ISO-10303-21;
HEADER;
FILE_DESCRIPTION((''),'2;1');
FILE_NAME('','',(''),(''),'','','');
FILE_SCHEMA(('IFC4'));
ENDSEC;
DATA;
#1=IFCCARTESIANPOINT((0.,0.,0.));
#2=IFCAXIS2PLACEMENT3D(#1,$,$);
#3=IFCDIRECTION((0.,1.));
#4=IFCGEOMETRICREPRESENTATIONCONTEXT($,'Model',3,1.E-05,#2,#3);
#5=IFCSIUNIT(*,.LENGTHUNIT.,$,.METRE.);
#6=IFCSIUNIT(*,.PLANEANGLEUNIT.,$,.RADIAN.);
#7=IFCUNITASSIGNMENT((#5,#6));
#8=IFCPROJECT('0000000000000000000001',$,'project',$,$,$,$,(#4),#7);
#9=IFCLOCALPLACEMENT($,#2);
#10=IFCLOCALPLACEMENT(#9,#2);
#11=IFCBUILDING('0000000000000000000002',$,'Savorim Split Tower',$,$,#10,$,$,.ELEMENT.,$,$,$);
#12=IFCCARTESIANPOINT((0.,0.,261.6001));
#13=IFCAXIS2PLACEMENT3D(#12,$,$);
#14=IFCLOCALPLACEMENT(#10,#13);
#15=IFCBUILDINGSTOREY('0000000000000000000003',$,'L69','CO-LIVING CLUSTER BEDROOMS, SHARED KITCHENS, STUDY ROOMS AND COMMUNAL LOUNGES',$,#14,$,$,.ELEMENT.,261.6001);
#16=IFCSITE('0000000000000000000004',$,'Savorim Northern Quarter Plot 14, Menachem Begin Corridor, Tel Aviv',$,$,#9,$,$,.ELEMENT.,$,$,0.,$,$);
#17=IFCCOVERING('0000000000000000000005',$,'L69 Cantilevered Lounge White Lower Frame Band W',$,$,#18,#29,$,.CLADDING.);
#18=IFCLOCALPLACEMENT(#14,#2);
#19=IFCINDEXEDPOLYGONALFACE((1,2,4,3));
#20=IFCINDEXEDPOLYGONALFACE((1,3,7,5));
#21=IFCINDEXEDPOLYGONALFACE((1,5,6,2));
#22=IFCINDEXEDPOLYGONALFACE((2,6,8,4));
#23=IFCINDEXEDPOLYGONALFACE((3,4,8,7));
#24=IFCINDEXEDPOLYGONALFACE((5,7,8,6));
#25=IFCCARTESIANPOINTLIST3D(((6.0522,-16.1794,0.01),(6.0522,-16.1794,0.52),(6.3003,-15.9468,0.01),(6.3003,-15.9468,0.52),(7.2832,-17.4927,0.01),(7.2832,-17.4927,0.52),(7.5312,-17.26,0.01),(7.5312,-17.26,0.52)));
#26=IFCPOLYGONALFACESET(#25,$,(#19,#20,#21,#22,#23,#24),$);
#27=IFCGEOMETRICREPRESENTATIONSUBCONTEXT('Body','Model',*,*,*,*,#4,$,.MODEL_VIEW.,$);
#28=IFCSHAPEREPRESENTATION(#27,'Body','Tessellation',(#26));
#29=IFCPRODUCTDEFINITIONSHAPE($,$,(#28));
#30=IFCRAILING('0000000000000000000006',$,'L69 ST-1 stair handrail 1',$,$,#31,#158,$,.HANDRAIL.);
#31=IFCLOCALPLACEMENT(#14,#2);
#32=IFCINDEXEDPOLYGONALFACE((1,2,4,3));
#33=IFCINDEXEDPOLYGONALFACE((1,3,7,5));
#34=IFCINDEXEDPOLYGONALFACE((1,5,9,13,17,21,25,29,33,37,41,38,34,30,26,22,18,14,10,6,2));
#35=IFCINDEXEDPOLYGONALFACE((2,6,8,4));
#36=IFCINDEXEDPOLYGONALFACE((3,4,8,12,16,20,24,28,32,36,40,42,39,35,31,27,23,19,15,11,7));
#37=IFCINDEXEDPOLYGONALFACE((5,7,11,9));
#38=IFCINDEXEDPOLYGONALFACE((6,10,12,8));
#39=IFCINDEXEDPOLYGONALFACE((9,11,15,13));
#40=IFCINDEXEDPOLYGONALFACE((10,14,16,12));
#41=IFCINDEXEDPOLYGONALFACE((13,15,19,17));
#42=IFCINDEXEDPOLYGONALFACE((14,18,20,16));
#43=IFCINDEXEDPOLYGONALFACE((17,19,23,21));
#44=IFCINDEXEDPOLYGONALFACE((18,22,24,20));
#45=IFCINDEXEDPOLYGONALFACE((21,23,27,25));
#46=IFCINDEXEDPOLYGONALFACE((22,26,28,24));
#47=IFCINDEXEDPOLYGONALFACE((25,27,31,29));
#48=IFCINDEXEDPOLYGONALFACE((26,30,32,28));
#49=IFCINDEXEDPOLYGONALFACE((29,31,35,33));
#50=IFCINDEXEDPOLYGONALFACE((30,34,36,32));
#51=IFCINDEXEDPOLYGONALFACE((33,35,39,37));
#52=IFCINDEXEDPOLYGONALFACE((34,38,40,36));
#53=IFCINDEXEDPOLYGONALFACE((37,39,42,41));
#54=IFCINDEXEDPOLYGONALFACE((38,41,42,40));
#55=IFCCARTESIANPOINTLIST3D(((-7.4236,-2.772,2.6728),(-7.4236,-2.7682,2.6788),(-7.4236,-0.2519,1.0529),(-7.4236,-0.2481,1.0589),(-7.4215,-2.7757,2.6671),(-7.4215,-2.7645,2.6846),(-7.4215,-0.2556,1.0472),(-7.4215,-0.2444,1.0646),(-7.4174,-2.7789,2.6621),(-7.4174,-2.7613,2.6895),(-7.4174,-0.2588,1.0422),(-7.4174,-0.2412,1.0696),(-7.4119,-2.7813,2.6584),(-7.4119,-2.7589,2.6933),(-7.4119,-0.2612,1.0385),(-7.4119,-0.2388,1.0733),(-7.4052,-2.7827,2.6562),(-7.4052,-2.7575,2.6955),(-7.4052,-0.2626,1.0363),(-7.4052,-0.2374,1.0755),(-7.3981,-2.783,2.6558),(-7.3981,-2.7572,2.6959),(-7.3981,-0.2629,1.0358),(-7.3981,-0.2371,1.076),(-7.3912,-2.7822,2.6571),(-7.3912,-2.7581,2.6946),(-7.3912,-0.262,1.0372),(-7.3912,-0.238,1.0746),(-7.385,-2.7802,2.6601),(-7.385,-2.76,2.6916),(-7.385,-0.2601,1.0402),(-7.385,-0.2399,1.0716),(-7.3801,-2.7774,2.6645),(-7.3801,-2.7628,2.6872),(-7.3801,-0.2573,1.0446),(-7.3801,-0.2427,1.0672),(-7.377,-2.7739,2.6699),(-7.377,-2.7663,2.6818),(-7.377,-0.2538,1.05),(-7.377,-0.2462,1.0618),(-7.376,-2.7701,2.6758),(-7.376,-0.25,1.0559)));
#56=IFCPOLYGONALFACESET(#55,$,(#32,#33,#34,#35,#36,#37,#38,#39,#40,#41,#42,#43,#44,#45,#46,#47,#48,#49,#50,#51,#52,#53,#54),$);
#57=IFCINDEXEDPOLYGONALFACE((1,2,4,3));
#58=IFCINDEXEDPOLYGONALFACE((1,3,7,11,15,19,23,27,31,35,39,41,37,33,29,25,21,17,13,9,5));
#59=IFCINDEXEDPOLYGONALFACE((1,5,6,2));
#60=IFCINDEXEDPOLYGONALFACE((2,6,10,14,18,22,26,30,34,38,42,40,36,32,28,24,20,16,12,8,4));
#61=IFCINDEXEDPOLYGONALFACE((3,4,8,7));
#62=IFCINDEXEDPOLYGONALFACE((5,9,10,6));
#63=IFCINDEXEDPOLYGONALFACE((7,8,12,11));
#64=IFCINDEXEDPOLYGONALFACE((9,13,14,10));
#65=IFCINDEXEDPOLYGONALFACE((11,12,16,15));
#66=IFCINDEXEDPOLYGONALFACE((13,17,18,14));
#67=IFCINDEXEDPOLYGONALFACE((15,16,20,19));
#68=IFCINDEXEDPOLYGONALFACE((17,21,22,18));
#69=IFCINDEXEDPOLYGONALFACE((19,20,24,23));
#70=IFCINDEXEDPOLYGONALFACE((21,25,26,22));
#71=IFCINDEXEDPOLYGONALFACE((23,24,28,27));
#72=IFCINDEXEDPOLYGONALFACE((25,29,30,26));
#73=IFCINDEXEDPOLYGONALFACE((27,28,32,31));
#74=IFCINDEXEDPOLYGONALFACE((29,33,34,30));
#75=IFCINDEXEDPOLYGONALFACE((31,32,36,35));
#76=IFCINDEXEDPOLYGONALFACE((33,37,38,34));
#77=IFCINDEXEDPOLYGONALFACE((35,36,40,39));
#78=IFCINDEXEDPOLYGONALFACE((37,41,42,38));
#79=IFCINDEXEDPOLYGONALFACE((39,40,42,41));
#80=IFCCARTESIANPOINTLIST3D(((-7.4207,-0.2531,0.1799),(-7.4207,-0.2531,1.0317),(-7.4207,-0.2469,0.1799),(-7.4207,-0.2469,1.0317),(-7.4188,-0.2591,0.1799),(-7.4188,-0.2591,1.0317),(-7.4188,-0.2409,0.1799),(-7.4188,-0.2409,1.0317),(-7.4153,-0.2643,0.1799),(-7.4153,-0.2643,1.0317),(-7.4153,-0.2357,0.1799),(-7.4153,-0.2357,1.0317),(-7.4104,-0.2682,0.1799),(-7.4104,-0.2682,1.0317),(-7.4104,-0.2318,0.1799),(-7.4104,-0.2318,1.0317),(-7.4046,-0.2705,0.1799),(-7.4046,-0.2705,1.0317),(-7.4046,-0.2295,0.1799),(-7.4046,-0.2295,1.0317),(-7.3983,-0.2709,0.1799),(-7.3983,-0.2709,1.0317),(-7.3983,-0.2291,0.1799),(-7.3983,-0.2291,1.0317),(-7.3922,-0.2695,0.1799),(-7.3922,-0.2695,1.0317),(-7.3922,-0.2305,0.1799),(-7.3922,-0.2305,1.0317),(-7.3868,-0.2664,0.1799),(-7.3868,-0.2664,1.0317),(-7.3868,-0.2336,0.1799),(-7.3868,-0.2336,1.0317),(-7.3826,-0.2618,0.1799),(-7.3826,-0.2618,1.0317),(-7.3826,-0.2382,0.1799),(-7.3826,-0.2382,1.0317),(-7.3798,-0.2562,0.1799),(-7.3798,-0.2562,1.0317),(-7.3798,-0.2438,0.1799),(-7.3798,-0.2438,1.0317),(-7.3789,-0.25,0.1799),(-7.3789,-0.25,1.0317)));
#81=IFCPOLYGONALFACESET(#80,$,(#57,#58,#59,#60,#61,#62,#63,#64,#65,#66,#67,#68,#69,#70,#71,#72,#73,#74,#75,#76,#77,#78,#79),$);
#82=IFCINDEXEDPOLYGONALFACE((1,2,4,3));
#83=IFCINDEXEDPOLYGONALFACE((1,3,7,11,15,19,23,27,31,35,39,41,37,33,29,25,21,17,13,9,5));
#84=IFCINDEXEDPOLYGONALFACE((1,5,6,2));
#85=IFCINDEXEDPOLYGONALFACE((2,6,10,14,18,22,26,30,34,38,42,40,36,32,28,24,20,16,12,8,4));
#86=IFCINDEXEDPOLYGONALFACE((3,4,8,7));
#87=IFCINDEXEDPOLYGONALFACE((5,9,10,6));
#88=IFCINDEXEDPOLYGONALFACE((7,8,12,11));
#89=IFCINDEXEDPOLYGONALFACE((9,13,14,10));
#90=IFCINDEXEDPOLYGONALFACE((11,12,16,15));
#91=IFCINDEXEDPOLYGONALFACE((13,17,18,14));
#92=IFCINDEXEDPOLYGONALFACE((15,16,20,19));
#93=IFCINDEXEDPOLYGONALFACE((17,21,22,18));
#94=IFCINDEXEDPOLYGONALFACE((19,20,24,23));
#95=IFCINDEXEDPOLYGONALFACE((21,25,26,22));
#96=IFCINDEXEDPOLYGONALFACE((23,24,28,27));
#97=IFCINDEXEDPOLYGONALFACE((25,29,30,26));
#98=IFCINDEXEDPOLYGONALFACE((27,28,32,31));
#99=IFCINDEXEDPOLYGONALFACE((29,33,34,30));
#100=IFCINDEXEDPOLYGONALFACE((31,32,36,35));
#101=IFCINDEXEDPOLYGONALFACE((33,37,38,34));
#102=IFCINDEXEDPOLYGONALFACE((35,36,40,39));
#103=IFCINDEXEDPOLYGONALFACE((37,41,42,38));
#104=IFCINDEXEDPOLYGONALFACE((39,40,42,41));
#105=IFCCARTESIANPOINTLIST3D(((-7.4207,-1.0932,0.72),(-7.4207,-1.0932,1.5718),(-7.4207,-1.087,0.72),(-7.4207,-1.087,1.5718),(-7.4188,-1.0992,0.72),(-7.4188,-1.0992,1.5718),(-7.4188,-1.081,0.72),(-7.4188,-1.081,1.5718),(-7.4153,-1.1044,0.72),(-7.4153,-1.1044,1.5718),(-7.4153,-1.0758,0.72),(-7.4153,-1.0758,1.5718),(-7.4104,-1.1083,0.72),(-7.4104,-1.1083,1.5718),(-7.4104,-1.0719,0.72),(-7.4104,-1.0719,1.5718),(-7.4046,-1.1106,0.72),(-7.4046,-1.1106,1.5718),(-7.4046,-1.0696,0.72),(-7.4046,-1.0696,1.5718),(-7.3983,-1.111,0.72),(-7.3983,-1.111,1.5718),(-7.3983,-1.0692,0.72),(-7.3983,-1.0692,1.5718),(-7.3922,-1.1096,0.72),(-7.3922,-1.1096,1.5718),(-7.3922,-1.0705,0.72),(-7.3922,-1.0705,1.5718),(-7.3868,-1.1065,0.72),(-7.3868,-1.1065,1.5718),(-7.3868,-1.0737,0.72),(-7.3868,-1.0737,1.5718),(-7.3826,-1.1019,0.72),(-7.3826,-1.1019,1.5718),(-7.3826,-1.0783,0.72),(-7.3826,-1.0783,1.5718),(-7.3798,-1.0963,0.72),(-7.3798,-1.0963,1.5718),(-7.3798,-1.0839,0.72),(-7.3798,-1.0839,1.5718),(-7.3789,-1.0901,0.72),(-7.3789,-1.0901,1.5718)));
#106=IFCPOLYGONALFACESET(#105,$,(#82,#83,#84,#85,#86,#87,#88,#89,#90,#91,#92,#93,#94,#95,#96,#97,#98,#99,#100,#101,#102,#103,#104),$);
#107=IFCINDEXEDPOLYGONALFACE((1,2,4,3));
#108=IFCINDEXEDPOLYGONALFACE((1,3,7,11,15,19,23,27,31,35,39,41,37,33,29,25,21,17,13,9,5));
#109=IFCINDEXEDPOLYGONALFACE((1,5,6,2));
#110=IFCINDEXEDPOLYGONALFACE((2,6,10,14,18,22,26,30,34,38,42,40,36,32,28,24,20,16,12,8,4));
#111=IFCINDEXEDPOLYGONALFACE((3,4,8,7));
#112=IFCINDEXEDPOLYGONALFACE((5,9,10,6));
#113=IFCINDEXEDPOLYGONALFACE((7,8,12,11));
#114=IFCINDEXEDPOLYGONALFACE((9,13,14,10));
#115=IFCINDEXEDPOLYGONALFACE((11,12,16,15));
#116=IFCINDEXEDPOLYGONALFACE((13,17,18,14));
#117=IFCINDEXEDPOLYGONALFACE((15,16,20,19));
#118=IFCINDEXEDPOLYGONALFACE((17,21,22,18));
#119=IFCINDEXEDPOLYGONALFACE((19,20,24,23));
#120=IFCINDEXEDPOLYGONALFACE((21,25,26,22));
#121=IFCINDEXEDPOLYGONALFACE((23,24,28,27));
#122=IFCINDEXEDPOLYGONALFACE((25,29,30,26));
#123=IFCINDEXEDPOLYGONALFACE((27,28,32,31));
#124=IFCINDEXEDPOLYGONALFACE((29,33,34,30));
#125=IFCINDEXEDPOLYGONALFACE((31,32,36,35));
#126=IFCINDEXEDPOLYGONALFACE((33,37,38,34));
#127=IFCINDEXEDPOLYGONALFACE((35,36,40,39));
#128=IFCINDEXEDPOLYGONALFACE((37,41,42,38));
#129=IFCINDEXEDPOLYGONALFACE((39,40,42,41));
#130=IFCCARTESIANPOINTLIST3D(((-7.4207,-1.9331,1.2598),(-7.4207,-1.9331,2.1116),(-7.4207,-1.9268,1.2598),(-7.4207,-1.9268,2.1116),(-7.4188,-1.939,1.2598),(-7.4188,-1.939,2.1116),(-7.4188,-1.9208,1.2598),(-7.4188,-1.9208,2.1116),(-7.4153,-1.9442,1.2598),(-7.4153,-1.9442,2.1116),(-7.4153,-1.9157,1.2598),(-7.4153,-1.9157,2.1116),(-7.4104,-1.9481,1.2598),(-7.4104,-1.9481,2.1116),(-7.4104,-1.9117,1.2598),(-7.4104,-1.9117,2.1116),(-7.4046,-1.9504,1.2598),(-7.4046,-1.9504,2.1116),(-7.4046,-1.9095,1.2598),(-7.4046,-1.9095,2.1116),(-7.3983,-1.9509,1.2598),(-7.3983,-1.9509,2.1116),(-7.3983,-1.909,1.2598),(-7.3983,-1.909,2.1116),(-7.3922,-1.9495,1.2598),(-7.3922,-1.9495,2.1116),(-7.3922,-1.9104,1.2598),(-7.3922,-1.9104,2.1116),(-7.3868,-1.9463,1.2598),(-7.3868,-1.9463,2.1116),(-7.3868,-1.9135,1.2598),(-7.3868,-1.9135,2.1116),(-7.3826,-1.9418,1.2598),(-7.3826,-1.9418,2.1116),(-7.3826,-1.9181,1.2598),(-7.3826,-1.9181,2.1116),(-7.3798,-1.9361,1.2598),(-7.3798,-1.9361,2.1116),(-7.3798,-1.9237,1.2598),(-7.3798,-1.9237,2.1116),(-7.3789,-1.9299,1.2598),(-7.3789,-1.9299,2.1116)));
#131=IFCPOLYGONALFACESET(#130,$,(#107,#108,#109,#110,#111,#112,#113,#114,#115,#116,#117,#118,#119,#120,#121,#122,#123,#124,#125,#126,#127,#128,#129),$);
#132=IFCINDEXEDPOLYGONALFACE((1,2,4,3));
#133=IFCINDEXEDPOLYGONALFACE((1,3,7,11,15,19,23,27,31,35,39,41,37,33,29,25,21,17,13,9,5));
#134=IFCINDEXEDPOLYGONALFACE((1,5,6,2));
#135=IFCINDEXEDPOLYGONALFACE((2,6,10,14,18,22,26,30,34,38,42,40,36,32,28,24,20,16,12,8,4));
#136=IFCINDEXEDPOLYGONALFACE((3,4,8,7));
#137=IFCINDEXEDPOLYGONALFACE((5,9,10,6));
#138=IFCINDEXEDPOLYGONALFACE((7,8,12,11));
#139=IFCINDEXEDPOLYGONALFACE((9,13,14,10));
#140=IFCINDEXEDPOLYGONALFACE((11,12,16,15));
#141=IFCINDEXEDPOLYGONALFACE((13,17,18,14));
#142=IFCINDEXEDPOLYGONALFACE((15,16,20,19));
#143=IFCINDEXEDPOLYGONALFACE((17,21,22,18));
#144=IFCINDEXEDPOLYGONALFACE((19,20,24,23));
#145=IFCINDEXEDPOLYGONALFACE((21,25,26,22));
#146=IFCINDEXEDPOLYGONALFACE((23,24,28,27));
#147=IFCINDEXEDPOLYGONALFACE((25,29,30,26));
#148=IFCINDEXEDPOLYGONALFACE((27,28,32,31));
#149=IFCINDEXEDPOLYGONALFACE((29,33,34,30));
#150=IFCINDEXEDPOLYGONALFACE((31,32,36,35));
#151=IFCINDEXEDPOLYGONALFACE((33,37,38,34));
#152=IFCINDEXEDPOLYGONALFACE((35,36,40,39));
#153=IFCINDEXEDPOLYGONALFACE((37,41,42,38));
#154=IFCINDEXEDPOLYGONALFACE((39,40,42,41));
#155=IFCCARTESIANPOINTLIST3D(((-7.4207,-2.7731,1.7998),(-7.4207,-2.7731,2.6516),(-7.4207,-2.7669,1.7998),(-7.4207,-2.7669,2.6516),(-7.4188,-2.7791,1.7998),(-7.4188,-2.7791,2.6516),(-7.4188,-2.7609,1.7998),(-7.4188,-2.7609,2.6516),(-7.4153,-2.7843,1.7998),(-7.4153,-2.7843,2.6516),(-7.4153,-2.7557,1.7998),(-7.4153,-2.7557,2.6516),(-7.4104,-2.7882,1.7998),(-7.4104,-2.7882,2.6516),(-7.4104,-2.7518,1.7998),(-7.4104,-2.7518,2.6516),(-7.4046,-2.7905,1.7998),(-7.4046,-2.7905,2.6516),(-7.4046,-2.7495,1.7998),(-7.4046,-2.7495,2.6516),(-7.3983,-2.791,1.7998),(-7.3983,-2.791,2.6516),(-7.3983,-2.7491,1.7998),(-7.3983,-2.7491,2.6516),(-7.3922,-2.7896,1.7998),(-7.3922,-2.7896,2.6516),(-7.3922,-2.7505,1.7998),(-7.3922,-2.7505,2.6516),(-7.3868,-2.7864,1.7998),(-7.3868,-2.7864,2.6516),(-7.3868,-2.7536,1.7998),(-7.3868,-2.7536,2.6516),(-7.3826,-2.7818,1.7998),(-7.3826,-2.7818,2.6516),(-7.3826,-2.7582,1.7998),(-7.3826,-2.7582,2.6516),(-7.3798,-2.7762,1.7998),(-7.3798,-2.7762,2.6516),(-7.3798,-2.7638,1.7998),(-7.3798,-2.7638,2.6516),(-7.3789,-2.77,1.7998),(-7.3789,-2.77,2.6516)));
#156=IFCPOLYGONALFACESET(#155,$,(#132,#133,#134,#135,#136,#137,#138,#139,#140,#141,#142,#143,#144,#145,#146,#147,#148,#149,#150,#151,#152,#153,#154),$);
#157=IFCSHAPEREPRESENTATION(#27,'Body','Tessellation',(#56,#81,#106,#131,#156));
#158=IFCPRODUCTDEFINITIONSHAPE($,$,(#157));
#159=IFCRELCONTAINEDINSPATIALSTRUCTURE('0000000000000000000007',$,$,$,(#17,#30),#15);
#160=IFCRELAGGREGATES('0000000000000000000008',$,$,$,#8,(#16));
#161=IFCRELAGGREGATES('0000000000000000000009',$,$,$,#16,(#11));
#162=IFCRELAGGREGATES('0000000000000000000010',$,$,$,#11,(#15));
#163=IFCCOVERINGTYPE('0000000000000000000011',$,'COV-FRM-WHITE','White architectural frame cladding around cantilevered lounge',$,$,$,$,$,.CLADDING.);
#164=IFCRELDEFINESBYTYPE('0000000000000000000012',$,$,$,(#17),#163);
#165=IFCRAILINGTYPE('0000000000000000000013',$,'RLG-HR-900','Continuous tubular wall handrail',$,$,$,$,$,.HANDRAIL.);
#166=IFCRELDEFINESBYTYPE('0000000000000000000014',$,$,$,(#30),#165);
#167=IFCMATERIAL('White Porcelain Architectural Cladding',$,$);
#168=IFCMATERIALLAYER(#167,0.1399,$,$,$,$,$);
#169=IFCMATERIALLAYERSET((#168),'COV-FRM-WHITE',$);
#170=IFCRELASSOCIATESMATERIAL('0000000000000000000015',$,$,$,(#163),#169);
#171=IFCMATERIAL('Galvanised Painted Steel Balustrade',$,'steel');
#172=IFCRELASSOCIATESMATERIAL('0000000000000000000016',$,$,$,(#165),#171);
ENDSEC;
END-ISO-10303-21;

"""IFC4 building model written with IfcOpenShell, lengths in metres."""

from ifc_helpers import new_model, si_unit, direction, frame, origin, origin_2d, place, context, subcontext, project, spatial, polyline, circle, outline, extrude, material, layer, layer_set, type_object, element, save


model = new_model("IFC4")

# Units and contexts
model_context = context("Model", 3, precision=1e-05, world=origin(), true_north=direction((0.0, 1.0)))
body_context = subcontext(model_context, "Body", "Model", "MODEL_VIEW")
ifc_project = project(units=[si_unit("LENGTHUNIT", "METRE"), si_unit("PLANEANGLEUNIT", "RADIAN")], contexts=[model_context])

# Site, building, storey
site_placement = place(None, origin())
site = spatial("IfcSite", under=ifc_project, at=site_placement, Name="Savorim Northern Quarter Plot 14, Menachem Begin Corridor, Tel Aviv", CompositionType="ELEMENT", RefElevation=0.0)
building_placement = place(site_placement, origin())
building = spatial("IfcBuilding", under=site, at=building_placement, Name="Savorim Split Tower", CompositionType="ELEMENT")
storey_placement = place(building_placement, frame((0.0, 0.0, 261.6001)))
storey = spatial("IfcBuildingStorey", under=building, at=storey_placement, Name="L69", Description="CO-LIVING CLUSTER BEDROOMS, SHARED KITCHENS, STUDY ROOMS AND COMMUNAL LOUNGES", CompositionType="ELEMENT", Elevation=261.6001)

# Covering
ifc_material_1 = material(Name="White Porcelain Architectural Cladding")
ifc_layer_1 = layer(ifc_material_1, 0.1399)
ifc_layer_set_1 = layer_set([ifc_layer_1], Name="COV-FRM-WHITE")
covering_type = type_object("IfcCoveringType", Name="COV-FRM-WHITE", Description="White architectural frame cladding around cantilevered lounge", PredefinedType="CLADDING", material=ifc_layer_set_1)
covering_placement = place(storey_placement, frame((0.0, 0.0, 0.01)))
element("IfcCovering", 1, at=covering_placement, inside=storey, type_object=covering_type, Name="L69 Cantilevered Lounge White Lower Frame Band W", PredefinedType="CLADDING", context=body_context, shape_type="SweptSolid", body=[
    extrude(outline(polyline([(6.0522, -16.1794), (7.2832, -17.4927), (7.5312, -17.26), (6.3003, -15.9468), (6.0522, -16.1794)])), origin(), (0.0, 0.0, 1.0), 0.51),
])

# Railing
ifc_material_2 = material(Name="Galvanised Painted Steel Balustrade", Category="steel")
railing_type_1 = type_object("IfcRailingType", Name="RLG-HR-900", Description="Continuous tubular wall handrail", PredefinedType="HANDRAIL", material=ifc_material_2)
railing_1_placement = place(storey_placement, frame((-7.3999, -0.25, 0.1799)))
element("IfcRailing", 2, at=railing_1_placement, inside=storey, type_object=railing_type_1, Name="L69 ST-1 stair handrail 1", PredefinedType="HANDRAIL", context=body_context, shape_type="SweptSolid", body=[
    extrude(circle(Radius=0.0239, at=origin_2d()), frame((0.0, 0.0, 0.876), z_axis=(0.0, -0.8412, 0.540725), x_axis=(1.0, 0.0, 0.0)), (0.0, 0.0, 1.0), 2.9958),
    extrude(circle(Radius=0.021, at=origin_2d()), origin(), (0.0, 0.0, 1.0), 0.8518),
    extrude(circle(Radius=0.021, at=origin_2d()), frame((0.0, -0.8401, 0.54)), (0.0, 0.0, 1.0), 0.8518),
    extrude(circle(Radius=0.021, at=origin_2d()), frame((0.0, -1.6799, 1.0798)), (0.0, 0.0, 1.0), 0.8518),
    extrude(circle(Radius=0.021, at=origin_2d()), frame((0.0, -2.52, 1.6199)), (0.0, 0.0, 1.0), 0.8518),
])

save(model, "model.ifc")
